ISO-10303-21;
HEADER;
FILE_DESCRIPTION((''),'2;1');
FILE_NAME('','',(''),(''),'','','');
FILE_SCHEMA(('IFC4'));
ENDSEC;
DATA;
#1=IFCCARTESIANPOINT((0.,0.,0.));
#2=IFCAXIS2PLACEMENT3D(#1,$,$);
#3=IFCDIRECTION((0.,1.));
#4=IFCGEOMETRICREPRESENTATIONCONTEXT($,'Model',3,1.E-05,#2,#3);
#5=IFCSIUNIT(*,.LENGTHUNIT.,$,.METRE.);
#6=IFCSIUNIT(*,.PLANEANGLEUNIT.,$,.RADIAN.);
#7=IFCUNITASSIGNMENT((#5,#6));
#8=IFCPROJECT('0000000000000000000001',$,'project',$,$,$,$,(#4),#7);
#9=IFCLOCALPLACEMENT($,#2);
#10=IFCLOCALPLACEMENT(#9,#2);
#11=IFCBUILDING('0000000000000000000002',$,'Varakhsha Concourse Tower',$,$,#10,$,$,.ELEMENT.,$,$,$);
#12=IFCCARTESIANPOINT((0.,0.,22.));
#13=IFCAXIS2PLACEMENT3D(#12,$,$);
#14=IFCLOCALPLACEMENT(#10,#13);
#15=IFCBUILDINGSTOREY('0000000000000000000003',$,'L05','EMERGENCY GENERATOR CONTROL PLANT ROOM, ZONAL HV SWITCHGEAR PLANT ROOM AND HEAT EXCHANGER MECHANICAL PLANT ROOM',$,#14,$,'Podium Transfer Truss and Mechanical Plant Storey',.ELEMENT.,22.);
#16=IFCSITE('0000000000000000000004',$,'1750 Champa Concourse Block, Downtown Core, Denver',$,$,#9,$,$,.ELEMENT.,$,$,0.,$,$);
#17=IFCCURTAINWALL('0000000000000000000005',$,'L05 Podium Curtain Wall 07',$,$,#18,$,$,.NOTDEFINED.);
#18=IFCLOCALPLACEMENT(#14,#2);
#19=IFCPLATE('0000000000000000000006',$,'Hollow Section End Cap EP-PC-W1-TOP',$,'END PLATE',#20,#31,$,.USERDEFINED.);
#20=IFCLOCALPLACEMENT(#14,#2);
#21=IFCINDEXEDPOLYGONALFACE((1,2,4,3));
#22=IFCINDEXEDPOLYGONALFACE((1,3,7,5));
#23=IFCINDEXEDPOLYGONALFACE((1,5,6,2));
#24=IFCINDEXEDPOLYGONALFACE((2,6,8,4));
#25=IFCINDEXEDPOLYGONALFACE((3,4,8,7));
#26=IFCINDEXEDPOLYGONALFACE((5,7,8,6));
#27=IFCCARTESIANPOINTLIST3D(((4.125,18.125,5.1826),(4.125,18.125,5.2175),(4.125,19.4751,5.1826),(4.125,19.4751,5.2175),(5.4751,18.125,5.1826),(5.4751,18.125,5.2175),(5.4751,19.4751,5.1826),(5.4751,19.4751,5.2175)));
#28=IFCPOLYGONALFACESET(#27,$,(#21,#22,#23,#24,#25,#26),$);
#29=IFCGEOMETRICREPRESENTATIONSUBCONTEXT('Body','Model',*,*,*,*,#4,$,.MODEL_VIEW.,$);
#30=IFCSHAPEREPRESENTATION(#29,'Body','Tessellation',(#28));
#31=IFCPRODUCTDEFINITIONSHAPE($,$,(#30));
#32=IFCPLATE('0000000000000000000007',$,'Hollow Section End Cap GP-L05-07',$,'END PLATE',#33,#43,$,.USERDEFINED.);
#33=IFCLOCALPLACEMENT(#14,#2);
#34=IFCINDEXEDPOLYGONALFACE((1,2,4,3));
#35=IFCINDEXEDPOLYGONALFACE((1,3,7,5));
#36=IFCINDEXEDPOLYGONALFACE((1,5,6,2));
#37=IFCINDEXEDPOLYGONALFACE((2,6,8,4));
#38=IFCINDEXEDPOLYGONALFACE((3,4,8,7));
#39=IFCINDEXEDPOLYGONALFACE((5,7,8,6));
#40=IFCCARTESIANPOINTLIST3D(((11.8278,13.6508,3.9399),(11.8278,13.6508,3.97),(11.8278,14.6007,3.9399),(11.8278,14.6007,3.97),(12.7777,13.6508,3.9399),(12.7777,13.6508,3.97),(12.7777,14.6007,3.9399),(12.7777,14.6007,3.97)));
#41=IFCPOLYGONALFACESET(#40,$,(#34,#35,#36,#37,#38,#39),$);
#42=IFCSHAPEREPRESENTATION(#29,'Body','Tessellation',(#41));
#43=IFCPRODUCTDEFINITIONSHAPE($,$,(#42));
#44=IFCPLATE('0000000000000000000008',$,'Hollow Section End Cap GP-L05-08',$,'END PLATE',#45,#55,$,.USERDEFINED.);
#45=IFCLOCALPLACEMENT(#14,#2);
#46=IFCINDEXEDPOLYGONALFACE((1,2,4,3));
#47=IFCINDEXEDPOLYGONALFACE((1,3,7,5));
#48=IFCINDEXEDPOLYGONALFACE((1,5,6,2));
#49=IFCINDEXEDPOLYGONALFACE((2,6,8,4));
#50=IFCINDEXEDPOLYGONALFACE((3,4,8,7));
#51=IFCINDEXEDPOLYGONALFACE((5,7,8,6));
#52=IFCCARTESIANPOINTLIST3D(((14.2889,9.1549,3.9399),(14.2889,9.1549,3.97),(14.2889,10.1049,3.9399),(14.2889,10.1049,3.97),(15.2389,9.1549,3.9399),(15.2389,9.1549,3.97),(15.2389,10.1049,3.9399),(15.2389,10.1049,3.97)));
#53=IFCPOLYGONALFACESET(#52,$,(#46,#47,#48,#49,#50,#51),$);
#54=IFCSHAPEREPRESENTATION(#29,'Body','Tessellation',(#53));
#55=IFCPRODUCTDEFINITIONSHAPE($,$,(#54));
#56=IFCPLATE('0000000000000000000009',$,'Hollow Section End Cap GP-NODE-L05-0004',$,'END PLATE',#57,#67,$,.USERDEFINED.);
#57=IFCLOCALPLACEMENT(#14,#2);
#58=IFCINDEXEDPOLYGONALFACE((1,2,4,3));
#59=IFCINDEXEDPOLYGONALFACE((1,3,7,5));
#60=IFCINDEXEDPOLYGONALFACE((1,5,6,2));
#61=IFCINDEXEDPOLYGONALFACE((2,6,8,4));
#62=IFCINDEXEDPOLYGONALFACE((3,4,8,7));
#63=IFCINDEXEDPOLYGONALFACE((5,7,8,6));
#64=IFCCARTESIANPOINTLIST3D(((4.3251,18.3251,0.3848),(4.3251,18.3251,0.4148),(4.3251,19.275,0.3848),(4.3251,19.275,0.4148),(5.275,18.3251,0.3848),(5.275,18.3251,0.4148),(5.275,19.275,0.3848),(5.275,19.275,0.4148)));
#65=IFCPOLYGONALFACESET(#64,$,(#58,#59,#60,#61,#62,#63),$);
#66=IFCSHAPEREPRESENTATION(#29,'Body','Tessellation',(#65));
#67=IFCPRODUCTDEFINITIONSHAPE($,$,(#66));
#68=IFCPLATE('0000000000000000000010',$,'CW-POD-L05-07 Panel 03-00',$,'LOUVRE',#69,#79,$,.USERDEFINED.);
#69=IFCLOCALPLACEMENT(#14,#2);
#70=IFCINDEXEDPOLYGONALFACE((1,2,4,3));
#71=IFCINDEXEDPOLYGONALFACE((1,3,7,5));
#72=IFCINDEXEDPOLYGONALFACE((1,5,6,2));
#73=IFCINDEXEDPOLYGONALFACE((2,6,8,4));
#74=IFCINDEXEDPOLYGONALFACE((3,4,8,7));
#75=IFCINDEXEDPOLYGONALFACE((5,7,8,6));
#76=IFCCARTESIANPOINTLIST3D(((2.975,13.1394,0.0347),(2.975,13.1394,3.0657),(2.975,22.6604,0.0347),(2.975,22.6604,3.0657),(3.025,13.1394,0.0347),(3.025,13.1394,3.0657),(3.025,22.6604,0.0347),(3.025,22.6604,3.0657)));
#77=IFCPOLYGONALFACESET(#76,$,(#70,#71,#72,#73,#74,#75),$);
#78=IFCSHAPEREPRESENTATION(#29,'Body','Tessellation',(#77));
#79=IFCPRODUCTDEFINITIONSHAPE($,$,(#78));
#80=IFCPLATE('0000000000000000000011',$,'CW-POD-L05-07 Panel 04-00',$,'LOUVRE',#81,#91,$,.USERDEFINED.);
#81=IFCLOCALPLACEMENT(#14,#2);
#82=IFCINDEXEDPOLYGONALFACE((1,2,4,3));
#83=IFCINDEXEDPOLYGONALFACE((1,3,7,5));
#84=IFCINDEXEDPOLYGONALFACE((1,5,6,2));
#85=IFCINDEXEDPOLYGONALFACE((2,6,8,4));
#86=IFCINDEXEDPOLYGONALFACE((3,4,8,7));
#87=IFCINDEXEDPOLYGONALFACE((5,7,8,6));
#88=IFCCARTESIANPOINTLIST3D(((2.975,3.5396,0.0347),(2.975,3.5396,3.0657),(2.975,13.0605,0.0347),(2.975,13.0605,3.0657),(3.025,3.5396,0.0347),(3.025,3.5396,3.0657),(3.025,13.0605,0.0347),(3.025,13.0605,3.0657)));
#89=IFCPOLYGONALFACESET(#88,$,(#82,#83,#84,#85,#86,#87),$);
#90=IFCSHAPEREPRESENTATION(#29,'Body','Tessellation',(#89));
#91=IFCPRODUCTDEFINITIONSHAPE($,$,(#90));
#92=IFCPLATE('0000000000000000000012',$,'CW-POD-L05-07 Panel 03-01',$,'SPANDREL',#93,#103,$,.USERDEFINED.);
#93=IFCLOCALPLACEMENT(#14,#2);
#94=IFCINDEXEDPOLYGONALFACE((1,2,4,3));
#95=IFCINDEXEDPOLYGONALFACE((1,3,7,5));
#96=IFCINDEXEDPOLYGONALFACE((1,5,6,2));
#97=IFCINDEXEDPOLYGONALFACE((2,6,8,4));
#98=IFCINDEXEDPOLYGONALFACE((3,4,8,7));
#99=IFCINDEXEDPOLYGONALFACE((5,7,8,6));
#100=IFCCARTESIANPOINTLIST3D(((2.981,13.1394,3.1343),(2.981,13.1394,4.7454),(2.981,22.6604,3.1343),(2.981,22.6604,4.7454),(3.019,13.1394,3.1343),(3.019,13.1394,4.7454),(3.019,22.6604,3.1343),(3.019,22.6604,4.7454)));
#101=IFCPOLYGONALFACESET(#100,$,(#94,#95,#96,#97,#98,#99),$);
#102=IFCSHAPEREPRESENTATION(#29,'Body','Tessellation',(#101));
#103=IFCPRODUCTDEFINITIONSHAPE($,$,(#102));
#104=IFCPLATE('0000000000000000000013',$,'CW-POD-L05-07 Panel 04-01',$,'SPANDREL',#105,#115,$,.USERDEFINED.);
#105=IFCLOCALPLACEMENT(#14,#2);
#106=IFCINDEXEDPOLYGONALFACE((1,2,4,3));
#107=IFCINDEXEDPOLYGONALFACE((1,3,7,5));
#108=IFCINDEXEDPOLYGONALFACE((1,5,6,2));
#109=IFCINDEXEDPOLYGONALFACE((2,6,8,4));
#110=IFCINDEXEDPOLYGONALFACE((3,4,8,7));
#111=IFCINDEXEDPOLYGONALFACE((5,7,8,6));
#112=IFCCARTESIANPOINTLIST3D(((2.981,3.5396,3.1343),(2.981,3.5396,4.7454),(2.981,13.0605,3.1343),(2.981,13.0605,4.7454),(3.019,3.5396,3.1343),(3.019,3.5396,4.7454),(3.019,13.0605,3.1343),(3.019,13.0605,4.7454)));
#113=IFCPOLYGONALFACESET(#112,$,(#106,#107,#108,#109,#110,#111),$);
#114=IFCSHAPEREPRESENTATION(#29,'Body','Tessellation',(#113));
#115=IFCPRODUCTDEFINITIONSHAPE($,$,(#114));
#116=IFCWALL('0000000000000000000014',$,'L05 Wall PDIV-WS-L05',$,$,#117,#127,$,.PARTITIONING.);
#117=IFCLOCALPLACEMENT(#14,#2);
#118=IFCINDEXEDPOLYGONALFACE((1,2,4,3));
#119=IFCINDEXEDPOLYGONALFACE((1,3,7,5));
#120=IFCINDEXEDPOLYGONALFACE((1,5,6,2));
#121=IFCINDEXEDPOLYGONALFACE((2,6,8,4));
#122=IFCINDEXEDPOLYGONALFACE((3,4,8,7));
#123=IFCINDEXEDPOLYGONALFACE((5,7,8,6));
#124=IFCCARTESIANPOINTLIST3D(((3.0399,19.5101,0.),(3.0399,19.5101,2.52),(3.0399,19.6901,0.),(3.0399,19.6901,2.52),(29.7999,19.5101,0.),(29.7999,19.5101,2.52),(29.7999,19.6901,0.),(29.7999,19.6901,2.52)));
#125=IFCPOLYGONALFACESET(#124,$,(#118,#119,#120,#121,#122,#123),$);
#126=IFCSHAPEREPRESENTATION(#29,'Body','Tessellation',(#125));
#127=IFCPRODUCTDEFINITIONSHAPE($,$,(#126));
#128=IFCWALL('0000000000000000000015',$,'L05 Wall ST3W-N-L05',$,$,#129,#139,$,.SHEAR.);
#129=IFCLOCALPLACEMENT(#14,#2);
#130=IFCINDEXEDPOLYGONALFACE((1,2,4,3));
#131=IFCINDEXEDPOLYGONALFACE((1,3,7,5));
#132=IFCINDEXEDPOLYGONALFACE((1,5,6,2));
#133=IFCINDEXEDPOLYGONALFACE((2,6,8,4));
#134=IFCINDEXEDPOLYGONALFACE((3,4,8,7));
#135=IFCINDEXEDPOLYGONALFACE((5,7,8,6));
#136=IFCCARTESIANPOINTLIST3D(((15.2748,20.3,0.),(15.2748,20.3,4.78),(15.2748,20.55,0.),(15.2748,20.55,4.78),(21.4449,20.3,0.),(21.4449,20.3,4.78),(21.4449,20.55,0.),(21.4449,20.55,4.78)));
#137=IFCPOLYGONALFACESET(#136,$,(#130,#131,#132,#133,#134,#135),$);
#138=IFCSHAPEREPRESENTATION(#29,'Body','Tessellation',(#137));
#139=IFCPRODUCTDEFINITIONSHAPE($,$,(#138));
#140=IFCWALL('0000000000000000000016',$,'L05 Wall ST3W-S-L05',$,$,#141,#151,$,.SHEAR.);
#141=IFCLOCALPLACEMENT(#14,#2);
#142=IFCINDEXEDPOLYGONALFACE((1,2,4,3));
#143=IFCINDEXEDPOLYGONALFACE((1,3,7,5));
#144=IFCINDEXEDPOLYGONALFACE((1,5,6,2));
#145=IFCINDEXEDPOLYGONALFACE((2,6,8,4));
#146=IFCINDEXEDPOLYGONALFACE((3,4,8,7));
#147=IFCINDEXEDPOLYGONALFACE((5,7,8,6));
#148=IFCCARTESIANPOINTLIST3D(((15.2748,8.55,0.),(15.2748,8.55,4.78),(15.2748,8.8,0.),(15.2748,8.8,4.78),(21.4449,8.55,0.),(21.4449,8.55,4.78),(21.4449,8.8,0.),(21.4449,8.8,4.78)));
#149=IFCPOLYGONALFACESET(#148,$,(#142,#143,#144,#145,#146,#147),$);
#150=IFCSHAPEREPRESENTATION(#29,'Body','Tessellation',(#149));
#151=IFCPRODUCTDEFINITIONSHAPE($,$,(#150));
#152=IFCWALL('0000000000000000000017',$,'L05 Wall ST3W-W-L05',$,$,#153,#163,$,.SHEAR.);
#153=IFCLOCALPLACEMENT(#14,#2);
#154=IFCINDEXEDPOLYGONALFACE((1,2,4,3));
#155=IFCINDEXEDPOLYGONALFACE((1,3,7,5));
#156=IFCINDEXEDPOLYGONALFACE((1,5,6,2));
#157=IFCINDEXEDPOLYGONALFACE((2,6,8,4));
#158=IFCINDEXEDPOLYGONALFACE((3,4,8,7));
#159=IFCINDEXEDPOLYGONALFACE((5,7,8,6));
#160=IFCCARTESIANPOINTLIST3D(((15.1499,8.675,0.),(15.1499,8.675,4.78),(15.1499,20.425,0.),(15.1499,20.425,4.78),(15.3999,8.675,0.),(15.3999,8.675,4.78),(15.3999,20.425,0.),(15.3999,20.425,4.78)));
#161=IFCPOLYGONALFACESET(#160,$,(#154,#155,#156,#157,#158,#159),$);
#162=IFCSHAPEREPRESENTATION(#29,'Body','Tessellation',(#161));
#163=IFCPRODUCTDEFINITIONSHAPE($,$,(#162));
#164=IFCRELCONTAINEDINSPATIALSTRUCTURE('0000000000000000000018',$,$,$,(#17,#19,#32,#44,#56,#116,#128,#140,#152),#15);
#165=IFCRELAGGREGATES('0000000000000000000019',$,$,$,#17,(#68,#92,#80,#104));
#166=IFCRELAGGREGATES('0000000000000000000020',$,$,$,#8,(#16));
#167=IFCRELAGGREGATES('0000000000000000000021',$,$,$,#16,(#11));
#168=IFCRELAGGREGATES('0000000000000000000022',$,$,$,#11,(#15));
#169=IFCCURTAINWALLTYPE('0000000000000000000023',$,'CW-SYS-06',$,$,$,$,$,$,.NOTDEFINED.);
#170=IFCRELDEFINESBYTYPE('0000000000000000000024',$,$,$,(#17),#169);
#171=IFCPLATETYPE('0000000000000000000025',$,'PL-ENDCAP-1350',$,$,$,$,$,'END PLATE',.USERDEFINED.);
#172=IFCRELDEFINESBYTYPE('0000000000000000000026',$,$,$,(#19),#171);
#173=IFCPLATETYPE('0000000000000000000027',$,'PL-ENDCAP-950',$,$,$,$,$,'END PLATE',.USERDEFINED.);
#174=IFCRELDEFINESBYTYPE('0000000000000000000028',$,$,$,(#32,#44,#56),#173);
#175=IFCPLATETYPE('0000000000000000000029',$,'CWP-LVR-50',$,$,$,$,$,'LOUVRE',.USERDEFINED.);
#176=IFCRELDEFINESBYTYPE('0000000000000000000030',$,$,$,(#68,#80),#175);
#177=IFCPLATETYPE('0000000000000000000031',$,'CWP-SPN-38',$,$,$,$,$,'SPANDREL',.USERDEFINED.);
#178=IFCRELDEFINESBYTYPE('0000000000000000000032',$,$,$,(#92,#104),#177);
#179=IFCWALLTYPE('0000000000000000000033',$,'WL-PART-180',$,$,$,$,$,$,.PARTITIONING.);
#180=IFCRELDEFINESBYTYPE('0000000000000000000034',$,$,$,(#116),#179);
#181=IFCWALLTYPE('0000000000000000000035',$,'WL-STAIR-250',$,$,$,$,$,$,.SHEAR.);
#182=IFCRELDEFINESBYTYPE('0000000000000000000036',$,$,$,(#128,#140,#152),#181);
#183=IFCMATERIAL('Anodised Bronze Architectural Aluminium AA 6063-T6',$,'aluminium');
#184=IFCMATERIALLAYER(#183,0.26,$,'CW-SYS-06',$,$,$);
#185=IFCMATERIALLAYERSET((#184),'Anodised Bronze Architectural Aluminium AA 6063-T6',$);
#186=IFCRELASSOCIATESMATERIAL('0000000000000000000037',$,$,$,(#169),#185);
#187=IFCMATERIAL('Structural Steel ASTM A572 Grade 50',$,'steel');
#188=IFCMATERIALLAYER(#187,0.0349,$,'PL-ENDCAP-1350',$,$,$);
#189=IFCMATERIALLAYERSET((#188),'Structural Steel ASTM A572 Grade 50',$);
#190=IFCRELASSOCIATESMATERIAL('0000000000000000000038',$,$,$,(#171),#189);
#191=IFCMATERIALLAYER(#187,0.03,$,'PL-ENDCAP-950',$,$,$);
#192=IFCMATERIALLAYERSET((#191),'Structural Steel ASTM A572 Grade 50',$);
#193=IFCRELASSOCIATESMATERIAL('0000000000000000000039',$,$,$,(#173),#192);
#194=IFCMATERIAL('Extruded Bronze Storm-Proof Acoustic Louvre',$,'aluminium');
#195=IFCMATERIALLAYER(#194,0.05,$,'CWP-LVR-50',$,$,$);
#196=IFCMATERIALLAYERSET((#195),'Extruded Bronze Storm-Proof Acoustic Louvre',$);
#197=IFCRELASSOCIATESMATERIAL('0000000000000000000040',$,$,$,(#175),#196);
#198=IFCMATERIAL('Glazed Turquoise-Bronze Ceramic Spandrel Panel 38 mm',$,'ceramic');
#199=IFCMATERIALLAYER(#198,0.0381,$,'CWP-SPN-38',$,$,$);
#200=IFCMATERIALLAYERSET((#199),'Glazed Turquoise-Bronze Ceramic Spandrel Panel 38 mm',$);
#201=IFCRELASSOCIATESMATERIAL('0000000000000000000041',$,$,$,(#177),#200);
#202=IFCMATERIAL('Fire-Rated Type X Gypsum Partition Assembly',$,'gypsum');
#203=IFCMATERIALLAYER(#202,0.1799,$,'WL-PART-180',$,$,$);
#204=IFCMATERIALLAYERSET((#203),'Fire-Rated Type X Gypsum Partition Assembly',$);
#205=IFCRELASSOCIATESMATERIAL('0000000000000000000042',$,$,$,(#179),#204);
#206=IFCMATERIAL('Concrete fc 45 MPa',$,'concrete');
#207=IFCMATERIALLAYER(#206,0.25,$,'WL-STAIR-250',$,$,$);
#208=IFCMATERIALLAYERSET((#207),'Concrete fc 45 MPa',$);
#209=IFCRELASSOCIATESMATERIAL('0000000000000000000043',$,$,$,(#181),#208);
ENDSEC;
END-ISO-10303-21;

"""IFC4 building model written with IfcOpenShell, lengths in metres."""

from ifc_helpers import new_model, si_unit, direction, frame, frame_2d, origin, origin_2d, place, context, subcontext, project, spatial, rectangle, extrude, source, transform, mapped, material, layer, layer_set, type_object, type_shapes, element, aggregate, save


model = new_model("IFC4")

# Units and contexts
model_context = context("Model", 3, precision=1e-05, world=origin(), true_north=direction((0.0, 1.0)))
body_context = subcontext(model_context, "Body", "Model", "MODEL_VIEW")
ifc_project = project(units=[si_unit("LENGTHUNIT", "METRE"), si_unit("PLANEANGLEUNIT", "RADIAN")], contexts=[model_context])

# Site, building, storey
site_placement = place(None, origin())
site = spatial("IfcSite", under=ifc_project, at=site_placement, Name="1750 Champa Concourse Block, Downtown Core, Denver", CompositionType="ELEMENT", RefElevation=0.0)
building_placement = place(site_placement, origin())
building = spatial("IfcBuilding", under=site, at=building_placement, Name="Varakhsha Concourse Tower", CompositionType="ELEMENT")
storey_placement = place(building_placement, frame((0.0, 0.0, 22.0)))
storey = spatial("IfcBuildingStorey", under=building, at=storey_placement, Name="L05", Description="EMERGENCY GENERATOR CONTROL PLANT ROOM, ZONAL HV SWITCHGEAR PLANT ROOM AND HEAT EXCHANGER MECHANICAL PLANT ROOM", LongName="Podium Transfer Truss and Mechanical Plant Storey", CompositionType="ELEMENT", Elevation=22.0)

# Shared definitions
ifc_material_1 = material(Name="Structural Steel ASTM A572 Grade 50", Category="steel")

# Curtain wall
ifc_material_2 = material(Name="Anodised Bronze Architectural Aluminium AA 6063-T6", Category="aluminium")
ifc_layer_1 = layer(ifc_material_2, 0.26, Name="CW-SYS-06")
ifc_layer_set_1 = layer_set([ifc_layer_1], Name="Anodised Bronze Architectural Aluminium AA 6063-T6")
curtain_wall_type = type_object("IfcCurtainWallType", Name="CW-SYS-06", PredefinedType="NOTDEFINED", material=ifc_layer_set_1)
curtain_wall_placement = place(storey_placement, origin())
curtain_wall = element("IfcCurtainWall", 1, at=curtain_wall_placement, inside=storey, type_object=curtain_wall_type, Name="L05 Podium Curtain Wall 07", PredefinedType="NOTDEFINED")

# Plates
ifc_layer_2 = layer(ifc_material_1, 0.0349, Name="PL-ENDCAP-1350")
ifc_layer_set_2 = layer_set([ifc_layer_2], Name="Structural Steel ASTM A572 Grade 50")
plate_type_1 = type_object("IfcPlateType", Name="PL-ENDCAP-1350", ElementType="END PLATE", PredefinedType="USERDEFINED", material=ifc_layer_set_2)
shared_shape_1 = source(origin(), body_context, "Body", "SweptSolid", [
    extrude(rectangle(XDim=1.3501, YDim=1.3501, at=origin_2d()), origin(), (0.0, 0.0, 1.0), 0.0349),
])
type_shapes(plate_type_1, [shared_shape_1])
plate_1_placement = place(storey_placement, frame((4.8, 18.8, 5.1826), z_axis=(0.0, 0.0, 1.0), x_axis=(1.0, 0.0, 0.0)))
element("IfcPlate", 2, at=plate_1_placement, inside=storey, type_object=plate_type_1, Name="Hollow Section End Cap EP-PC-W1-TOP", ObjectType="END PLATE", PredefinedType="USERDEFINED", context=body_context, shape_type="MappedRepresentation", body=[
    mapped(shared_shape_1, transform((0.0, 0.0, 0.0), scale=1.0)),
])
ifc_layer_3 = layer(ifc_material_1, 0.03, Name="PL-ENDCAP-950")
ifc_layer_set_3 = layer_set([ifc_layer_3], Name="Structural Steel ASTM A572 Grade 50")
plate_type_2 = type_object("IfcPlateType", Name="PL-ENDCAP-950", ElementType="END PLATE", PredefinedType="USERDEFINED", material=ifc_layer_set_3)
shared_shape_2 = source(origin(), body_context, "Body", "SweptSolid", [
    extrude(rectangle(XDim=0.95, YDim=0.95, at=origin_2d()), origin(), (0.0, 0.0, 1.0), 0.03),
])
type_shapes(plate_type_2, [shared_shape_2])
for number, where, z_axis, x_axis, name in (
    (3, (12.3027, 14.1257, 3.9399), (0.0, 0.0, 1.0), (1.0, 0.0, 0.0), "Hollow Section End Cap GP-L05-07"),
    (4, (14.7639, 9.6299, 3.9399), (0.0, 0.0, 1.0), (1.0, 0.0, 0.0), "Hollow Section End Cap GP-L05-08"),
    (5, (4.8, 18.8, 0.3848), (0.0, 0.0, 1.0), (1.0, 0.0, 0.0), "Hollow Section End Cap GP-NODE-L05-0004"),
):
    element("IfcPlate", number, at=place(storey_placement, frame(where, z_axis=z_axis, x_axis=x_axis)), inside=storey, type_object=plate_type_2, Name=name, ObjectType="END PLATE", PredefinedType="USERDEFINED", context=body_context, shape_type="MappedRepresentation", body=[
        mapped(shared_shape_2, transform((0.0, 0.0, 0.0), scale=1.0)),
    ])

# Plates
ifc_material_3 = material(Name="Extruded Bronze Storm-Proof Acoustic Louvre", Category="aluminium")
ifc_layer_4 = layer(ifc_material_3, 0.05, Name="CWP-LVR-50")
ifc_layer_set_4 = layer_set([ifc_layer_4], Name="Extruded Bronze Storm-Proof Acoustic Louvre")
plate_type_3 = type_object("IfcPlateType", Name="CWP-LVR-50", ElementType="LOUVRE", PredefinedType="USERDEFINED", material=ifc_layer_set_4)
shared_shape_3 = source(origin(), body_context, "Body", "SweptSolid", [
    extrude(rectangle(XDim=9.521, YDim=0.05, at=origin_2d()), origin(), (0.0, 0.0, 1.0), 3.031),
])
type_shapes(plate_type_3, [shared_shape_3])
plate_2_placement = place(storey_placement, frame((3.0, 17.8999, 0.0347), z_axis=(0.0, 0.0, 1.0), x_axis=(0.0, -1.0, 0.0)))
plate_2 = element("IfcPlate", 6, at=plate_2_placement, type_object=plate_type_3, Name="CW-POD-L05-07 Panel 03-00", ObjectType="LOUVRE", PredefinedType="USERDEFINED", context=body_context, shape_type="MappedRepresentation", body=[
    mapped(shared_shape_3, transform((0.0, 0.0, 0.0), scale=1.0)),
])
plate_3_placement = place(storey_placement, frame((3.0, 8.3, 0.0347), z_axis=(0.0, 0.0, 1.0), x_axis=(0.0, -1.0, 0.0)))
plate_3 = element("IfcPlate", 7, at=plate_3_placement, type_object=plate_type_3, Name="CW-POD-L05-07 Panel 04-00", ObjectType="LOUVRE", PredefinedType="USERDEFINED", context=body_context, shape_type="MappedRepresentation", body=[
    mapped(shared_shape_3, transform((0.0, 0.0, 0.0), scale=1.0)),
])
ifc_material_4 = material(Name="Glazed Turquoise-Bronze Ceramic Spandrel Panel 38 mm", Category="ceramic")
ifc_layer_5 = layer(ifc_material_4, 0.0381, Name="CWP-SPN-38")
ifc_layer_set_5 = layer_set([ifc_layer_5], Name="Glazed Turquoise-Bronze Ceramic Spandrel Panel 38 mm")
plate_type_4 = type_object("IfcPlateType", Name="CWP-SPN-38", ElementType="SPANDREL", PredefinedType="USERDEFINED", material=ifc_layer_set_5)
shared_shape_4 = source(origin(), body_context, "Body", "SweptSolid", [
    extrude(rectangle(XDim=9.521, YDim=0.0381, at=origin_2d()), origin(), (0.0, 0.0, 1.0), 1.6111),
])
type_shapes(plate_type_4, [shared_shape_4])
plate_4_placement = place(storey_placement, frame((3.0, 17.8999, 3.1343), z_axis=(0.0, 0.0, 1.0), x_axis=(0.0, -1.0, 0.0)))
plate_4 = element("IfcPlate", 8, at=plate_4_placement, type_object=plate_type_4, Name="CW-POD-L05-07 Panel 03-01", ObjectType="SPANDREL", PredefinedType="USERDEFINED", context=body_context, shape_type="MappedRepresentation", body=[
    mapped(shared_shape_4, transform((0.0, 0.0, 0.0), scale=1.0)),
])
plate_5_placement = place(storey_placement, frame((3.0, 8.3, 3.1343), z_axis=(0.0, 0.0, 1.0), x_axis=(0.0, -1.0, 0.0)))
plate_5 = element("IfcPlate", 9, at=plate_5_placement, type_object=plate_type_4, Name="CW-POD-L05-07 Panel 04-01", ObjectType="SPANDREL", PredefinedType="USERDEFINED", context=body_context, shape_type="MappedRepresentation", body=[
    mapped(shared_shape_4, transform((0.0, 0.0, 0.0), scale=1.0)),
])
aggregate(curtain_wall, [plate_2, plate_4, plate_3, plate_5])

# Walls
ifc_material_5 = material(Name="Fire-Rated Type X Gypsum Partition Assembly", Category="gypsum")
ifc_layer_6 = layer(ifc_material_5, 0.1799, Name="WL-PART-180")
ifc_layer_set_6 = layer_set([ifc_layer_6], Name="Fire-Rated Type X Gypsum Partition Assembly")
wall_type_1 = type_object("IfcWallType", Name="WL-PART-180", PredefinedType="PARTITIONING", material=ifc_layer_set_6)
wall_1_placement = place(storey_placement, frame((3.04, 19.6001, 0.0), z_axis=(0.0, 0.0, 1.0), x_axis=(1.0, 0.0, 0.0)))
element("IfcWall", 10, at=wall_1_placement, inside=storey, type_object=wall_type_1, Name="L05 Wall PDIV-WS-L05", PredefinedType="PARTITIONING", context=body_context, shape_type="SweptSolid", body=[
    extrude(rectangle(XDim=26.76, YDim=0.1799, at=frame_2d((13.3799, 0.0))), origin(), (0.0, 0.0, 1.0), 2.52),
])
ifc_material_6 = material(Name="Concrete fc 45 MPa", Category="concrete")
ifc_layer_7 = layer(ifc_material_6, 0.25, Name="WL-STAIR-250")
ifc_layer_set_7 = layer_set([ifc_layer_7], Name="Concrete fc 45 MPa")
wall_type_2 = type_object("IfcWallType", Name="WL-STAIR-250", PredefinedType="SHEAR", material=ifc_layer_set_7)
for number, where, z_axis, x_axis, name in (
    (11, (15.2749, 20.425, 0.0), (0.0, 0.0, 1.0), (1.0, 0.0, 0.0), "L05 Wall ST3W-N-L05"),
    (12, (15.2749, 8.675, 0.0), (0.0, 0.0, 1.0), (1.0, 0.0, 0.0), "L05 Wall ST3W-S-L05"),
):
    element("IfcWall", number, at=place(storey_placement, frame(where, z_axis=z_axis, x_axis=x_axis)), inside=storey, type_object=wall_type_2, Name=name, PredefinedType="SHEAR", context=body_context, shape_type="SweptSolid", body=[
        extrude(rectangle(XDim=6.1702, YDim=0.25, at=frame_2d((3.085, 0.0))), origin(), (0.0, 0.0, 1.0), 4.78),
    ])
wall_2_placement = place(storey_placement, frame((15.2749, 8.675, 0.0), z_axis=(0.0, 0.0, 1.0), x_axis=(0.0, 1.0, 0.0)))
element("IfcWall", 13, at=wall_2_placement, inside=storey, type_object=wall_type_2, Name="L05 Wall ST3W-W-L05", PredefinedType="SHEAR", context=body_context, shape_type="SweptSolid", body=[
    extrude(rectangle(XDim=11.75, YDim=0.25, at=frame_2d((5.875, 0.0))), origin(), (0.0, 0.0, 1.0), 4.78),
])

save(model, "model.ifc")
